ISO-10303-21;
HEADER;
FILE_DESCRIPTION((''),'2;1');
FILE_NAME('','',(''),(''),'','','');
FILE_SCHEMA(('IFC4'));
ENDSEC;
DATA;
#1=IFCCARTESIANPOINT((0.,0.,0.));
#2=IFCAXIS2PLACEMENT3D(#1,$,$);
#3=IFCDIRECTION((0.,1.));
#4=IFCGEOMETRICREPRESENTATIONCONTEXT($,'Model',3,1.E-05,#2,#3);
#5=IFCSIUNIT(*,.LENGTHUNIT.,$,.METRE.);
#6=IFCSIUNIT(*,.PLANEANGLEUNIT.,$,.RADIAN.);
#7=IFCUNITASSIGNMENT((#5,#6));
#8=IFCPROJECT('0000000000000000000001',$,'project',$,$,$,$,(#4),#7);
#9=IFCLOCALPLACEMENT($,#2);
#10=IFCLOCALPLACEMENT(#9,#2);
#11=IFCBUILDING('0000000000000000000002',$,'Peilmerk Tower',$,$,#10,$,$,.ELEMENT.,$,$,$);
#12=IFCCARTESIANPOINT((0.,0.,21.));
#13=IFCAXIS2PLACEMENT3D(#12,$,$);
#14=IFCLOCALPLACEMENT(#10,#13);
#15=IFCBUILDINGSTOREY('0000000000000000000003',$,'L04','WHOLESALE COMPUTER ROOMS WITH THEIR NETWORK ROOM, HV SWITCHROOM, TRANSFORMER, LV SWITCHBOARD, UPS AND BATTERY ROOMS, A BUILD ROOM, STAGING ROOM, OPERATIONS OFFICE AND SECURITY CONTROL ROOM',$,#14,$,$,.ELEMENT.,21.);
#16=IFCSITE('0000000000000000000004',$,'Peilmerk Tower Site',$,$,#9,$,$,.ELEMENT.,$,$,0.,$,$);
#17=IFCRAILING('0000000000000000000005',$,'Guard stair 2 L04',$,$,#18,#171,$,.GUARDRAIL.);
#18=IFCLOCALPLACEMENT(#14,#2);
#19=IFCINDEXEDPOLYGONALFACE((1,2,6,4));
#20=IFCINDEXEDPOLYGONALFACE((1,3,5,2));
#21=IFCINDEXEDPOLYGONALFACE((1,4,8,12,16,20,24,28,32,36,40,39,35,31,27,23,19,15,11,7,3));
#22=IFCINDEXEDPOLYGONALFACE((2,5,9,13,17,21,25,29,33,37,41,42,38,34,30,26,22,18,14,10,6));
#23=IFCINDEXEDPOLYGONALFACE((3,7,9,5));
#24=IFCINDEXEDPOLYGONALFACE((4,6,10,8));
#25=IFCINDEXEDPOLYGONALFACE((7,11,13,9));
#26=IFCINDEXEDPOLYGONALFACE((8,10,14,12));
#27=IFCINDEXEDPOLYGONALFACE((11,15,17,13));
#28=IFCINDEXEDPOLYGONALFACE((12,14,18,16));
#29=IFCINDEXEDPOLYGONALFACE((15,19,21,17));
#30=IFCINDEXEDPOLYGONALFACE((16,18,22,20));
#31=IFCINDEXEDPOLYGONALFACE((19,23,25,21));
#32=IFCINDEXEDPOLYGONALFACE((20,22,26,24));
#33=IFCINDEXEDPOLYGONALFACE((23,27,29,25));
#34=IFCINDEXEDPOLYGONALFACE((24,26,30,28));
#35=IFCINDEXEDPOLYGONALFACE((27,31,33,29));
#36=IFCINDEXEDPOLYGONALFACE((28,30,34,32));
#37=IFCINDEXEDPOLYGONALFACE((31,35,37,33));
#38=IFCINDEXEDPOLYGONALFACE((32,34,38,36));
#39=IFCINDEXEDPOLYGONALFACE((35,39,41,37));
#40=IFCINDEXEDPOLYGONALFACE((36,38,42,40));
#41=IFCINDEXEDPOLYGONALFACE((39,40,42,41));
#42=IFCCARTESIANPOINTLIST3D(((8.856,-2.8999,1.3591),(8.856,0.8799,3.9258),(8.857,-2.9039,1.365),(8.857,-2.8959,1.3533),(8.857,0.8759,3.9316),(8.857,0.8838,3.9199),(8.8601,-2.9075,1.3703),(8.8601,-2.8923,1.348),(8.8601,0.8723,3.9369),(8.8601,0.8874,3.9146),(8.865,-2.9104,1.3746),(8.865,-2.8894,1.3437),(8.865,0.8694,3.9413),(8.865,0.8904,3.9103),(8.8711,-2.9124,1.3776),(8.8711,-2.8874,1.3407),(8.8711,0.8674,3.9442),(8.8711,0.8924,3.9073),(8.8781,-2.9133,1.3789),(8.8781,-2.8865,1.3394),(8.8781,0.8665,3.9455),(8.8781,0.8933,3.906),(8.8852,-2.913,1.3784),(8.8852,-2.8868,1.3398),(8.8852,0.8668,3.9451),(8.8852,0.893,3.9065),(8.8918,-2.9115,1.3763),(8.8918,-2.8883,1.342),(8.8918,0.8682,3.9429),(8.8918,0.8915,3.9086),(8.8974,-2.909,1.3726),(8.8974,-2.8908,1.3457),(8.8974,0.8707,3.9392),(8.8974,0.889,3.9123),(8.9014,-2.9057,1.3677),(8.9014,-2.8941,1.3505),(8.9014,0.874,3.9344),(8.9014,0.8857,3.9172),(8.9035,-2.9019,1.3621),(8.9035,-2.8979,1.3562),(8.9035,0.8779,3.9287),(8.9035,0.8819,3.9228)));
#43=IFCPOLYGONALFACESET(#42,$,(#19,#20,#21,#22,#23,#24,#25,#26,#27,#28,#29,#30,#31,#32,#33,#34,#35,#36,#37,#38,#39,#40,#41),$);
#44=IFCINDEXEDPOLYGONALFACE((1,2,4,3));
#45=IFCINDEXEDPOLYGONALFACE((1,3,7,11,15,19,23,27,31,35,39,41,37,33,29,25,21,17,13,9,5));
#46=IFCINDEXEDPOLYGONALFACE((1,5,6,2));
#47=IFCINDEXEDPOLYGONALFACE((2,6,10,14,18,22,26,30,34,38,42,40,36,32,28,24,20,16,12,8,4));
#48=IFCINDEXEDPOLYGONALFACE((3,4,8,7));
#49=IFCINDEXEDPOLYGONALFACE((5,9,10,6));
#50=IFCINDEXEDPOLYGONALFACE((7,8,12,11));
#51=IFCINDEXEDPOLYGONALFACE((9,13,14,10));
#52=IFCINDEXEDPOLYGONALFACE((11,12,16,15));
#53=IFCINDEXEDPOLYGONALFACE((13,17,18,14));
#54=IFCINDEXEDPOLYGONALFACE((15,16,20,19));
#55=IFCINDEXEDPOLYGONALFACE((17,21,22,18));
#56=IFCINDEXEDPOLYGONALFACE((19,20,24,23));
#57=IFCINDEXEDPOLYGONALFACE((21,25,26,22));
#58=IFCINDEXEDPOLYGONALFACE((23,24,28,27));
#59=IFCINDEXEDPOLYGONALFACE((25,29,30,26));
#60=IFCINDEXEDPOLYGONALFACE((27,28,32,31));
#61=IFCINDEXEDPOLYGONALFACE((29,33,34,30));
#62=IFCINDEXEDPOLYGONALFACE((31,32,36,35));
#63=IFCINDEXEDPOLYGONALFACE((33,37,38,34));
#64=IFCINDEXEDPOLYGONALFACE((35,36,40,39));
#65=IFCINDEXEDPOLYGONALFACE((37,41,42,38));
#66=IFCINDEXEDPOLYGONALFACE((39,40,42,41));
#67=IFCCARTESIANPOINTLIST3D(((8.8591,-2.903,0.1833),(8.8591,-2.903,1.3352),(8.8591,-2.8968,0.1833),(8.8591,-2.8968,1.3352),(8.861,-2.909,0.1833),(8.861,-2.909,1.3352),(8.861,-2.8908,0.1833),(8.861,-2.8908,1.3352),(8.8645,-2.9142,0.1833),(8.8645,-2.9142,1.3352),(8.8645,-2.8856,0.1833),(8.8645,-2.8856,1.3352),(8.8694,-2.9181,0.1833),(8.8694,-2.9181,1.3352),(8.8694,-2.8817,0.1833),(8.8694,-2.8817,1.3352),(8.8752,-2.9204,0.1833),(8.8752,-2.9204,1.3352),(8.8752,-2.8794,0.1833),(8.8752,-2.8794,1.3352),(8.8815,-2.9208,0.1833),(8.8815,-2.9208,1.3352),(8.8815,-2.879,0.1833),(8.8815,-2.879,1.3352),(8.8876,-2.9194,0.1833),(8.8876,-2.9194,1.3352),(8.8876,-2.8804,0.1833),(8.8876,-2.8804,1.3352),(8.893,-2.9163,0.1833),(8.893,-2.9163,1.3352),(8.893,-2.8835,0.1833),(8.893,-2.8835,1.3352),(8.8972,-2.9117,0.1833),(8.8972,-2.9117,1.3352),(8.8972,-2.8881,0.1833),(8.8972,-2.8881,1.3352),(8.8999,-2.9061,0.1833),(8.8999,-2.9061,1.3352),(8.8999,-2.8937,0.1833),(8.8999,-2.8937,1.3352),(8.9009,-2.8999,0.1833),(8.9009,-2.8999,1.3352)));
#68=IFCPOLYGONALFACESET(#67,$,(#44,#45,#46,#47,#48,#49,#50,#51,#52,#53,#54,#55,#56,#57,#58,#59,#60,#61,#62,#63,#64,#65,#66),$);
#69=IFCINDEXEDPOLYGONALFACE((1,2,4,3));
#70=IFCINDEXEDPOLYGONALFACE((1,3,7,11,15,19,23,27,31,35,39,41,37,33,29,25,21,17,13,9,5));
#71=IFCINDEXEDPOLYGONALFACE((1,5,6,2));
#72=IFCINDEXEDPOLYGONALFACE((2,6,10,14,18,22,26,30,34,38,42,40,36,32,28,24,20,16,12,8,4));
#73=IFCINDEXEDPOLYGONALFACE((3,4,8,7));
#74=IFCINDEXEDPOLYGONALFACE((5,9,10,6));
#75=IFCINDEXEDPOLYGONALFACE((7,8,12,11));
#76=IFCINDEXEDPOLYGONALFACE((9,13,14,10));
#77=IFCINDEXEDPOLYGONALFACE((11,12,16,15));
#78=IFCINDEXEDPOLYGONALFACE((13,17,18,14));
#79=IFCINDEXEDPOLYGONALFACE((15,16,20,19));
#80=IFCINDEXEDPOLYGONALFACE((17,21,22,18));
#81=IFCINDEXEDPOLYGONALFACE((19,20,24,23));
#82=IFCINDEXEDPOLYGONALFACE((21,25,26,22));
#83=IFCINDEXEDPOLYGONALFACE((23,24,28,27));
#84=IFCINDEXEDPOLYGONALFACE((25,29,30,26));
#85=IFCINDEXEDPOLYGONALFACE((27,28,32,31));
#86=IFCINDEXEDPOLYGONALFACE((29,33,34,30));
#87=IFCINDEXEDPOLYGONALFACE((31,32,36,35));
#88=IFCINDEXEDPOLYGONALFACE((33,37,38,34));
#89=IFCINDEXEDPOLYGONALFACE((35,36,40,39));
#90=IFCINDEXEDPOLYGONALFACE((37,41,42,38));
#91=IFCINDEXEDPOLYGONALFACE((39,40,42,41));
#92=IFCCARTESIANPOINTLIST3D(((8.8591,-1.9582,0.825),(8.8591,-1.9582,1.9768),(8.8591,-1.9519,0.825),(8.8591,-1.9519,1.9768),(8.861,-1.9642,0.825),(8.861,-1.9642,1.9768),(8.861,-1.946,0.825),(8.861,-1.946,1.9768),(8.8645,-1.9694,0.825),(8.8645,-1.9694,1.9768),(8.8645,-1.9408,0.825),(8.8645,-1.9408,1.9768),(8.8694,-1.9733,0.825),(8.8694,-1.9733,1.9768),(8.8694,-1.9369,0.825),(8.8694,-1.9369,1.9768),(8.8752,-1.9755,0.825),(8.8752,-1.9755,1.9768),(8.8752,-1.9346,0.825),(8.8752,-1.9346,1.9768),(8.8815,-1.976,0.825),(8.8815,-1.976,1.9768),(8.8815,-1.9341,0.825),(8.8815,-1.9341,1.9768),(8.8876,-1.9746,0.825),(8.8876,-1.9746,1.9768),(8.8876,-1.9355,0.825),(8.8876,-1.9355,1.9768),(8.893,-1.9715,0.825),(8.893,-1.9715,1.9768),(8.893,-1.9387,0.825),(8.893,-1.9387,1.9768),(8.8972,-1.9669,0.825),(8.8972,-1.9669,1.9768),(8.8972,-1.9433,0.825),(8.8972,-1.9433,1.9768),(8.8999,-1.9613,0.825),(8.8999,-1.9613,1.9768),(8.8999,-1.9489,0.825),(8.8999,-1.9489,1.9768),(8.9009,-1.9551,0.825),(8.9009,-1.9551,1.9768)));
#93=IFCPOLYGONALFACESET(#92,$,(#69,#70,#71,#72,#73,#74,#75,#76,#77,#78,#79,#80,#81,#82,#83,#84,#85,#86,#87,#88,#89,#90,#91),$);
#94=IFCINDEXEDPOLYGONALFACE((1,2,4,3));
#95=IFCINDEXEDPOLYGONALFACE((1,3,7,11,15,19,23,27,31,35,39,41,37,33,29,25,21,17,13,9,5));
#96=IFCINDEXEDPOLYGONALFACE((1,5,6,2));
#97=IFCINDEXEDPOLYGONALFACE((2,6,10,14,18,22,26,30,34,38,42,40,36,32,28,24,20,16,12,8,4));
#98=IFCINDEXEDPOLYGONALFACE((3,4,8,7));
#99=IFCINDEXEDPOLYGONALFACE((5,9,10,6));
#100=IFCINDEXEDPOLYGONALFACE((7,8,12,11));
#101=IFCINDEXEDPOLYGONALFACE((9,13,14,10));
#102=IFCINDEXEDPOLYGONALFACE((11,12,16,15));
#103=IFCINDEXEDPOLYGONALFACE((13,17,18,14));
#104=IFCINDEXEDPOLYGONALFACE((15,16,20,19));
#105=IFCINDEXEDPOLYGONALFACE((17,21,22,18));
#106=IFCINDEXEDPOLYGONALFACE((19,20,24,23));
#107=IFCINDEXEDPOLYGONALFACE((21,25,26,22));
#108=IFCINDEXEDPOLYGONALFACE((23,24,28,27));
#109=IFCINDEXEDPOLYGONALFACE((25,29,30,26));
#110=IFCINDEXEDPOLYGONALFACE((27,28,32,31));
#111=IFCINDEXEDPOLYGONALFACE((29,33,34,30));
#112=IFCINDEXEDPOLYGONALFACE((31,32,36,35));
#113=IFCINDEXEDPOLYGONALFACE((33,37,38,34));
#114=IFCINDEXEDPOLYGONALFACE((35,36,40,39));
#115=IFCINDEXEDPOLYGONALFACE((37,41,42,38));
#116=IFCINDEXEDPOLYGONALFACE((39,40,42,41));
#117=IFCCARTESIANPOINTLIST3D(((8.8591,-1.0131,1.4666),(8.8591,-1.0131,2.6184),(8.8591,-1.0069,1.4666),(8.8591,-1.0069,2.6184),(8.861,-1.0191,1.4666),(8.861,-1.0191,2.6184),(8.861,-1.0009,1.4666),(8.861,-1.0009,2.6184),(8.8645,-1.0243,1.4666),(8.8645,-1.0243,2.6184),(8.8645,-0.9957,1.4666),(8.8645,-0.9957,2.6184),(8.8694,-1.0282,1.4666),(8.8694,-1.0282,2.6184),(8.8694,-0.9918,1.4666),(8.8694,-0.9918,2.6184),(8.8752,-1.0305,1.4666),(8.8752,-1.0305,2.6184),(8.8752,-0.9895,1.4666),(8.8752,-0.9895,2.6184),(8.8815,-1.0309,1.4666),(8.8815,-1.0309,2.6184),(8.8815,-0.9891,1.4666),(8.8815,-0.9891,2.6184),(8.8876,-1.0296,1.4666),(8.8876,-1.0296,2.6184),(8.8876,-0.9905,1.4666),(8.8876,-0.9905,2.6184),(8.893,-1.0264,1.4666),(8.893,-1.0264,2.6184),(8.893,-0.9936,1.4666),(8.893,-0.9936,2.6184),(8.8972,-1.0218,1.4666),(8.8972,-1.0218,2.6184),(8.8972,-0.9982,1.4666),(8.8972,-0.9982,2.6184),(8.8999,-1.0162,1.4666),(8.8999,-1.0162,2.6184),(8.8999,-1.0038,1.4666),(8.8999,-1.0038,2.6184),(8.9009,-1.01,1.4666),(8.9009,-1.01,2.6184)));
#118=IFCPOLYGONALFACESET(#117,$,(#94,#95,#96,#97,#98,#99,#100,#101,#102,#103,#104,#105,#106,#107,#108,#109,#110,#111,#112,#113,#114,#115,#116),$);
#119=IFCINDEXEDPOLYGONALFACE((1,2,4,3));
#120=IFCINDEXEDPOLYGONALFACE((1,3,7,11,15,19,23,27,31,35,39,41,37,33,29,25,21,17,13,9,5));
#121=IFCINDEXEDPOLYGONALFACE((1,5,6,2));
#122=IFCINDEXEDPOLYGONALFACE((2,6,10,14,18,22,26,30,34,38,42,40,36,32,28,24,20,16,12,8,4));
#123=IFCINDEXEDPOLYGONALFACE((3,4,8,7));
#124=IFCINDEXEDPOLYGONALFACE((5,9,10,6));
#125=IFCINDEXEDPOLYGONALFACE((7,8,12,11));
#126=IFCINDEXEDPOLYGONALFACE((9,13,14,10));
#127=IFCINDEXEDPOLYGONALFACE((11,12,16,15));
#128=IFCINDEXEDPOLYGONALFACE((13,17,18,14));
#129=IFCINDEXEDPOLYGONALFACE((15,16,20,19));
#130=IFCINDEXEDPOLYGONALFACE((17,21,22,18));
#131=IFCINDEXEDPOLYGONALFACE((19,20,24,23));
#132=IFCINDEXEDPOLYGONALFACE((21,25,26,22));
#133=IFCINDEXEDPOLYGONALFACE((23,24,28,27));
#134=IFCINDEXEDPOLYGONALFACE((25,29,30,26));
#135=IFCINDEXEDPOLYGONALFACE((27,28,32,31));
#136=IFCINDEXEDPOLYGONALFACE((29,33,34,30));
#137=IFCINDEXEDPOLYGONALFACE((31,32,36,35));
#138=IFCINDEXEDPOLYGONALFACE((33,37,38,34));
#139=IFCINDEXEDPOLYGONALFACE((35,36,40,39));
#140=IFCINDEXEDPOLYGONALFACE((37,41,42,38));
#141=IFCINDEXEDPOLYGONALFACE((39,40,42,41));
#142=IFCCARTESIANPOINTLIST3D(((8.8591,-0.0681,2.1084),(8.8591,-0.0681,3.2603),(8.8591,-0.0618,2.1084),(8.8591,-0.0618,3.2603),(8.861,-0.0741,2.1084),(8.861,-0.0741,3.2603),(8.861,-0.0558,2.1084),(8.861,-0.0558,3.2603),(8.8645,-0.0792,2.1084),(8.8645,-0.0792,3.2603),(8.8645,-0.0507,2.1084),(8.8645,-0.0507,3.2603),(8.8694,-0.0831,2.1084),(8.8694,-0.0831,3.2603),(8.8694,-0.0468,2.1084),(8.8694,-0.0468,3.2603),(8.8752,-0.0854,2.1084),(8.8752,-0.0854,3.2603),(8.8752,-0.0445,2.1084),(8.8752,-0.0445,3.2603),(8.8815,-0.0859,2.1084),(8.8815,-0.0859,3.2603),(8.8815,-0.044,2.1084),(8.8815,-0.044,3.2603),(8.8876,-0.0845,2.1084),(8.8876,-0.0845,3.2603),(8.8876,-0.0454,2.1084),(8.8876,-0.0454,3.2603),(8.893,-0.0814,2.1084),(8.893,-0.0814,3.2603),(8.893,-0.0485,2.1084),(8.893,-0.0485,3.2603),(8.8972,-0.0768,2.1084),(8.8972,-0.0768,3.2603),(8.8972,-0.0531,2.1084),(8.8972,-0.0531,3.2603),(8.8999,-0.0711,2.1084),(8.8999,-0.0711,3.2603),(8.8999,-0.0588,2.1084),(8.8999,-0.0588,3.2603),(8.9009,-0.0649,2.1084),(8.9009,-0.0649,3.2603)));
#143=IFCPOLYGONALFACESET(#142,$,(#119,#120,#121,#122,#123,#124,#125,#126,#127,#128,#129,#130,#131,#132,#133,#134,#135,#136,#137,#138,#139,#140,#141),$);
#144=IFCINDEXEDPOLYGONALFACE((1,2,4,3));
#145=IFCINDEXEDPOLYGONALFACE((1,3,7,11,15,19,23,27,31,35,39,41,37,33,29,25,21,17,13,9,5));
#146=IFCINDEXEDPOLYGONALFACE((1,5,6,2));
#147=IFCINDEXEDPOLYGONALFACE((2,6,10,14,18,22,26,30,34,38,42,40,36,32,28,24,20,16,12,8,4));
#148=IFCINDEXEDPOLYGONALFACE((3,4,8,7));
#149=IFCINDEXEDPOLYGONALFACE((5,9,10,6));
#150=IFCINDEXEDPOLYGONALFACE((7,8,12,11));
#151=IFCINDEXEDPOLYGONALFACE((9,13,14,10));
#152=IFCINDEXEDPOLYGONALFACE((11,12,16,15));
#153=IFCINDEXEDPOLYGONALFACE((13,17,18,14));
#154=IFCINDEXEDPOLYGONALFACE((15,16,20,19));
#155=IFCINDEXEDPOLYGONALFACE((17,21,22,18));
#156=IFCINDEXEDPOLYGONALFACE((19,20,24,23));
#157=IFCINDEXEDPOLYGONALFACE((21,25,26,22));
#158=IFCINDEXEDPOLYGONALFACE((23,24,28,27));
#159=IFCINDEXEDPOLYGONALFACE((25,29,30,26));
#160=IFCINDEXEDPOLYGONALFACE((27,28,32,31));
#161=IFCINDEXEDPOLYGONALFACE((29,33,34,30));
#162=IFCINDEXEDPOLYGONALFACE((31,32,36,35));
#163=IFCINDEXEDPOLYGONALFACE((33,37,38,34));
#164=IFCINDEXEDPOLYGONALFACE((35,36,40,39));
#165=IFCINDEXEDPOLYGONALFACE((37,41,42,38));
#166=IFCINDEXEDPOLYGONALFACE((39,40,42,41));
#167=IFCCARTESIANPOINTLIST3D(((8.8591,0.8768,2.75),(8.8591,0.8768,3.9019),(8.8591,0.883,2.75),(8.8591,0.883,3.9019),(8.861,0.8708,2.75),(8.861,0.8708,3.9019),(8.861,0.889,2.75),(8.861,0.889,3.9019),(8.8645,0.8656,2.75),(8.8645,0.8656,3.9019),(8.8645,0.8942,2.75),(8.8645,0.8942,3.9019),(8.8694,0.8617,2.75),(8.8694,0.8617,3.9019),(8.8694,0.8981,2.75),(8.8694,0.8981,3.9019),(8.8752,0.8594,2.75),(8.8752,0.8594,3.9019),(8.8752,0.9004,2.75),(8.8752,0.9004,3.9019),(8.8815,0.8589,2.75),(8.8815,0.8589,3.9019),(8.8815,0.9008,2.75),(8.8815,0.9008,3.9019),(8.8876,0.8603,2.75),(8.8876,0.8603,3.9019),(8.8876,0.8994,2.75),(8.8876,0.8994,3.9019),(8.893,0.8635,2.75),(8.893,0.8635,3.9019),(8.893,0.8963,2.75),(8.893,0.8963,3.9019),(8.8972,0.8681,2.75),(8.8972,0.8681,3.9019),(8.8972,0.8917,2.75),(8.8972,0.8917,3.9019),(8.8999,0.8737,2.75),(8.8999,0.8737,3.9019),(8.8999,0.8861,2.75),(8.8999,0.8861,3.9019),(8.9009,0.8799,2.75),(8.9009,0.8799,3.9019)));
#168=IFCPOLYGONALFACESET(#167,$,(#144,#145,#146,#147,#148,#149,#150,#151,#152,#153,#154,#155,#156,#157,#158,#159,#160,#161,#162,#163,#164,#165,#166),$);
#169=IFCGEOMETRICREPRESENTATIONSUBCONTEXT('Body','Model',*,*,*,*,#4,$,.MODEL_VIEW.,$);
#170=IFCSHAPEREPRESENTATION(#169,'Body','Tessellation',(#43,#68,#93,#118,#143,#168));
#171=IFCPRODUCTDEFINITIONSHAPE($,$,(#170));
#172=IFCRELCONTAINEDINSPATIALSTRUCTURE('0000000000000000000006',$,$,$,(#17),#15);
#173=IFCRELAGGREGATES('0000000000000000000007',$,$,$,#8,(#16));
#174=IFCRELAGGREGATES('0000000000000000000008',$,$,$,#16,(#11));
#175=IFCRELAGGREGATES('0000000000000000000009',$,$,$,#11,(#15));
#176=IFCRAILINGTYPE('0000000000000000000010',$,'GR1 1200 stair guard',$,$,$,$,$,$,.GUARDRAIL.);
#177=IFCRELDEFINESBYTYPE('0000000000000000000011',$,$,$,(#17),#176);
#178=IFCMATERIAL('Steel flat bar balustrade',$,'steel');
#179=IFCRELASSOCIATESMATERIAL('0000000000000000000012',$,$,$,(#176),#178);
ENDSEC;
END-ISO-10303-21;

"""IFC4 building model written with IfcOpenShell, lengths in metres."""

from ifc_helpers import new_model, si_unit, direction, frame, origin, origin_2d, place, context, subcontext, project, spatial, circle, extrude, material, type_object, element, save


model = new_model("IFC4")

# Units and contexts
model_context = context("Model", 3, precision=1e-05, world=origin(), true_north=direction((0.0, 1.0)))
body_context = subcontext(model_context, "Body", "Model", "MODEL_VIEW")
ifc_project = project(units=[si_unit("LENGTHUNIT", "METRE"), si_unit("PLANEANGLEUNIT", "RADIAN")], contexts=[model_context])

# Site, building, storey
site_placement = place(None, origin())
site = spatial("IfcSite", under=ifc_project, at=site_placement, Name="Peilmerk Tower Site", CompositionType="ELEMENT", RefElevation=0.0)
building_placement = place(site_placement, origin())
building = spatial("IfcBuilding", under=site, at=building_placement, Name="Peilmerk Tower", CompositionType="ELEMENT")
storey_placement = place(building_placement, frame((0.0, 0.0, 21.0)))
storey = spatial("IfcBuildingStorey", under=building, at=storey_placement, Name="L04", Description="WHOLESALE COMPUTER ROOMS WITH THEIR NETWORK ROOM, HV SWITCHROOM, TRANSFORMER, LV SWITCHBOARD, UPS AND BATTERY ROOMS, A BUILD ROOM, STAGING ROOM, OPERATIONS OFFICE AND SECURITY CONTROL ROOM", CompositionType="ELEMENT", Elevation=21.0)

# Railing
ifc_material_1 = material(Name="Steel flat bar balustrade", Category="steel")
railing_type_1 = type_object("IfcRailingType", Name="GR1 1200 stair guard", PredefinedType="GUARDRAIL", material=ifc_material_1)
railing_1_placement = place(storey_placement, frame((8.8799, -2.8999, 0.1833)))
element("IfcRailing", 1, at=railing_1_placement, inside=storey, type_object=railing_type_1, Name="Guard stair 2 L04", PredefinedType="GUARDRAIL", context=body_context, shape_type="SweptSolid", body=[
    extrude(circle(Radius=0.0239, at=origin_2d()), frame((0.0, 0.0, 1.1758), z_axis=(0.0, 0.827293, 0.561771), x_axis=(-1.0, 0.0, 0.0)), (0.0, 0.0, 1.0), 4.5688),
    extrude(circle(Radius=0.021, at=origin_2d()), origin(), (0.0, 0.0, 1.0), 1.1519),
    extrude(circle(Radius=0.021, at=origin_2d()), frame((0.0, 0.9448, 0.6416)), (0.0, 0.0, 1.0), 1.1519),
    extrude(circle(Radius=0.021, at=origin_2d()), frame((0.0, 1.8899, 1.2832)), (0.0, 0.0, 1.0), 1.1519),
    extrude(circle(Radius=0.021, at=origin_2d()), frame((0.0, 2.835, 1.925)), (0.0, 0.0, 1.0), 1.1519),
    extrude(circle(Radius=0.021, at=origin_2d()), frame((0.0, 3.7798, 2.5667)), (0.0, 0.0, 1.0), 1.1519),
])

save(model, "model.ifc")
